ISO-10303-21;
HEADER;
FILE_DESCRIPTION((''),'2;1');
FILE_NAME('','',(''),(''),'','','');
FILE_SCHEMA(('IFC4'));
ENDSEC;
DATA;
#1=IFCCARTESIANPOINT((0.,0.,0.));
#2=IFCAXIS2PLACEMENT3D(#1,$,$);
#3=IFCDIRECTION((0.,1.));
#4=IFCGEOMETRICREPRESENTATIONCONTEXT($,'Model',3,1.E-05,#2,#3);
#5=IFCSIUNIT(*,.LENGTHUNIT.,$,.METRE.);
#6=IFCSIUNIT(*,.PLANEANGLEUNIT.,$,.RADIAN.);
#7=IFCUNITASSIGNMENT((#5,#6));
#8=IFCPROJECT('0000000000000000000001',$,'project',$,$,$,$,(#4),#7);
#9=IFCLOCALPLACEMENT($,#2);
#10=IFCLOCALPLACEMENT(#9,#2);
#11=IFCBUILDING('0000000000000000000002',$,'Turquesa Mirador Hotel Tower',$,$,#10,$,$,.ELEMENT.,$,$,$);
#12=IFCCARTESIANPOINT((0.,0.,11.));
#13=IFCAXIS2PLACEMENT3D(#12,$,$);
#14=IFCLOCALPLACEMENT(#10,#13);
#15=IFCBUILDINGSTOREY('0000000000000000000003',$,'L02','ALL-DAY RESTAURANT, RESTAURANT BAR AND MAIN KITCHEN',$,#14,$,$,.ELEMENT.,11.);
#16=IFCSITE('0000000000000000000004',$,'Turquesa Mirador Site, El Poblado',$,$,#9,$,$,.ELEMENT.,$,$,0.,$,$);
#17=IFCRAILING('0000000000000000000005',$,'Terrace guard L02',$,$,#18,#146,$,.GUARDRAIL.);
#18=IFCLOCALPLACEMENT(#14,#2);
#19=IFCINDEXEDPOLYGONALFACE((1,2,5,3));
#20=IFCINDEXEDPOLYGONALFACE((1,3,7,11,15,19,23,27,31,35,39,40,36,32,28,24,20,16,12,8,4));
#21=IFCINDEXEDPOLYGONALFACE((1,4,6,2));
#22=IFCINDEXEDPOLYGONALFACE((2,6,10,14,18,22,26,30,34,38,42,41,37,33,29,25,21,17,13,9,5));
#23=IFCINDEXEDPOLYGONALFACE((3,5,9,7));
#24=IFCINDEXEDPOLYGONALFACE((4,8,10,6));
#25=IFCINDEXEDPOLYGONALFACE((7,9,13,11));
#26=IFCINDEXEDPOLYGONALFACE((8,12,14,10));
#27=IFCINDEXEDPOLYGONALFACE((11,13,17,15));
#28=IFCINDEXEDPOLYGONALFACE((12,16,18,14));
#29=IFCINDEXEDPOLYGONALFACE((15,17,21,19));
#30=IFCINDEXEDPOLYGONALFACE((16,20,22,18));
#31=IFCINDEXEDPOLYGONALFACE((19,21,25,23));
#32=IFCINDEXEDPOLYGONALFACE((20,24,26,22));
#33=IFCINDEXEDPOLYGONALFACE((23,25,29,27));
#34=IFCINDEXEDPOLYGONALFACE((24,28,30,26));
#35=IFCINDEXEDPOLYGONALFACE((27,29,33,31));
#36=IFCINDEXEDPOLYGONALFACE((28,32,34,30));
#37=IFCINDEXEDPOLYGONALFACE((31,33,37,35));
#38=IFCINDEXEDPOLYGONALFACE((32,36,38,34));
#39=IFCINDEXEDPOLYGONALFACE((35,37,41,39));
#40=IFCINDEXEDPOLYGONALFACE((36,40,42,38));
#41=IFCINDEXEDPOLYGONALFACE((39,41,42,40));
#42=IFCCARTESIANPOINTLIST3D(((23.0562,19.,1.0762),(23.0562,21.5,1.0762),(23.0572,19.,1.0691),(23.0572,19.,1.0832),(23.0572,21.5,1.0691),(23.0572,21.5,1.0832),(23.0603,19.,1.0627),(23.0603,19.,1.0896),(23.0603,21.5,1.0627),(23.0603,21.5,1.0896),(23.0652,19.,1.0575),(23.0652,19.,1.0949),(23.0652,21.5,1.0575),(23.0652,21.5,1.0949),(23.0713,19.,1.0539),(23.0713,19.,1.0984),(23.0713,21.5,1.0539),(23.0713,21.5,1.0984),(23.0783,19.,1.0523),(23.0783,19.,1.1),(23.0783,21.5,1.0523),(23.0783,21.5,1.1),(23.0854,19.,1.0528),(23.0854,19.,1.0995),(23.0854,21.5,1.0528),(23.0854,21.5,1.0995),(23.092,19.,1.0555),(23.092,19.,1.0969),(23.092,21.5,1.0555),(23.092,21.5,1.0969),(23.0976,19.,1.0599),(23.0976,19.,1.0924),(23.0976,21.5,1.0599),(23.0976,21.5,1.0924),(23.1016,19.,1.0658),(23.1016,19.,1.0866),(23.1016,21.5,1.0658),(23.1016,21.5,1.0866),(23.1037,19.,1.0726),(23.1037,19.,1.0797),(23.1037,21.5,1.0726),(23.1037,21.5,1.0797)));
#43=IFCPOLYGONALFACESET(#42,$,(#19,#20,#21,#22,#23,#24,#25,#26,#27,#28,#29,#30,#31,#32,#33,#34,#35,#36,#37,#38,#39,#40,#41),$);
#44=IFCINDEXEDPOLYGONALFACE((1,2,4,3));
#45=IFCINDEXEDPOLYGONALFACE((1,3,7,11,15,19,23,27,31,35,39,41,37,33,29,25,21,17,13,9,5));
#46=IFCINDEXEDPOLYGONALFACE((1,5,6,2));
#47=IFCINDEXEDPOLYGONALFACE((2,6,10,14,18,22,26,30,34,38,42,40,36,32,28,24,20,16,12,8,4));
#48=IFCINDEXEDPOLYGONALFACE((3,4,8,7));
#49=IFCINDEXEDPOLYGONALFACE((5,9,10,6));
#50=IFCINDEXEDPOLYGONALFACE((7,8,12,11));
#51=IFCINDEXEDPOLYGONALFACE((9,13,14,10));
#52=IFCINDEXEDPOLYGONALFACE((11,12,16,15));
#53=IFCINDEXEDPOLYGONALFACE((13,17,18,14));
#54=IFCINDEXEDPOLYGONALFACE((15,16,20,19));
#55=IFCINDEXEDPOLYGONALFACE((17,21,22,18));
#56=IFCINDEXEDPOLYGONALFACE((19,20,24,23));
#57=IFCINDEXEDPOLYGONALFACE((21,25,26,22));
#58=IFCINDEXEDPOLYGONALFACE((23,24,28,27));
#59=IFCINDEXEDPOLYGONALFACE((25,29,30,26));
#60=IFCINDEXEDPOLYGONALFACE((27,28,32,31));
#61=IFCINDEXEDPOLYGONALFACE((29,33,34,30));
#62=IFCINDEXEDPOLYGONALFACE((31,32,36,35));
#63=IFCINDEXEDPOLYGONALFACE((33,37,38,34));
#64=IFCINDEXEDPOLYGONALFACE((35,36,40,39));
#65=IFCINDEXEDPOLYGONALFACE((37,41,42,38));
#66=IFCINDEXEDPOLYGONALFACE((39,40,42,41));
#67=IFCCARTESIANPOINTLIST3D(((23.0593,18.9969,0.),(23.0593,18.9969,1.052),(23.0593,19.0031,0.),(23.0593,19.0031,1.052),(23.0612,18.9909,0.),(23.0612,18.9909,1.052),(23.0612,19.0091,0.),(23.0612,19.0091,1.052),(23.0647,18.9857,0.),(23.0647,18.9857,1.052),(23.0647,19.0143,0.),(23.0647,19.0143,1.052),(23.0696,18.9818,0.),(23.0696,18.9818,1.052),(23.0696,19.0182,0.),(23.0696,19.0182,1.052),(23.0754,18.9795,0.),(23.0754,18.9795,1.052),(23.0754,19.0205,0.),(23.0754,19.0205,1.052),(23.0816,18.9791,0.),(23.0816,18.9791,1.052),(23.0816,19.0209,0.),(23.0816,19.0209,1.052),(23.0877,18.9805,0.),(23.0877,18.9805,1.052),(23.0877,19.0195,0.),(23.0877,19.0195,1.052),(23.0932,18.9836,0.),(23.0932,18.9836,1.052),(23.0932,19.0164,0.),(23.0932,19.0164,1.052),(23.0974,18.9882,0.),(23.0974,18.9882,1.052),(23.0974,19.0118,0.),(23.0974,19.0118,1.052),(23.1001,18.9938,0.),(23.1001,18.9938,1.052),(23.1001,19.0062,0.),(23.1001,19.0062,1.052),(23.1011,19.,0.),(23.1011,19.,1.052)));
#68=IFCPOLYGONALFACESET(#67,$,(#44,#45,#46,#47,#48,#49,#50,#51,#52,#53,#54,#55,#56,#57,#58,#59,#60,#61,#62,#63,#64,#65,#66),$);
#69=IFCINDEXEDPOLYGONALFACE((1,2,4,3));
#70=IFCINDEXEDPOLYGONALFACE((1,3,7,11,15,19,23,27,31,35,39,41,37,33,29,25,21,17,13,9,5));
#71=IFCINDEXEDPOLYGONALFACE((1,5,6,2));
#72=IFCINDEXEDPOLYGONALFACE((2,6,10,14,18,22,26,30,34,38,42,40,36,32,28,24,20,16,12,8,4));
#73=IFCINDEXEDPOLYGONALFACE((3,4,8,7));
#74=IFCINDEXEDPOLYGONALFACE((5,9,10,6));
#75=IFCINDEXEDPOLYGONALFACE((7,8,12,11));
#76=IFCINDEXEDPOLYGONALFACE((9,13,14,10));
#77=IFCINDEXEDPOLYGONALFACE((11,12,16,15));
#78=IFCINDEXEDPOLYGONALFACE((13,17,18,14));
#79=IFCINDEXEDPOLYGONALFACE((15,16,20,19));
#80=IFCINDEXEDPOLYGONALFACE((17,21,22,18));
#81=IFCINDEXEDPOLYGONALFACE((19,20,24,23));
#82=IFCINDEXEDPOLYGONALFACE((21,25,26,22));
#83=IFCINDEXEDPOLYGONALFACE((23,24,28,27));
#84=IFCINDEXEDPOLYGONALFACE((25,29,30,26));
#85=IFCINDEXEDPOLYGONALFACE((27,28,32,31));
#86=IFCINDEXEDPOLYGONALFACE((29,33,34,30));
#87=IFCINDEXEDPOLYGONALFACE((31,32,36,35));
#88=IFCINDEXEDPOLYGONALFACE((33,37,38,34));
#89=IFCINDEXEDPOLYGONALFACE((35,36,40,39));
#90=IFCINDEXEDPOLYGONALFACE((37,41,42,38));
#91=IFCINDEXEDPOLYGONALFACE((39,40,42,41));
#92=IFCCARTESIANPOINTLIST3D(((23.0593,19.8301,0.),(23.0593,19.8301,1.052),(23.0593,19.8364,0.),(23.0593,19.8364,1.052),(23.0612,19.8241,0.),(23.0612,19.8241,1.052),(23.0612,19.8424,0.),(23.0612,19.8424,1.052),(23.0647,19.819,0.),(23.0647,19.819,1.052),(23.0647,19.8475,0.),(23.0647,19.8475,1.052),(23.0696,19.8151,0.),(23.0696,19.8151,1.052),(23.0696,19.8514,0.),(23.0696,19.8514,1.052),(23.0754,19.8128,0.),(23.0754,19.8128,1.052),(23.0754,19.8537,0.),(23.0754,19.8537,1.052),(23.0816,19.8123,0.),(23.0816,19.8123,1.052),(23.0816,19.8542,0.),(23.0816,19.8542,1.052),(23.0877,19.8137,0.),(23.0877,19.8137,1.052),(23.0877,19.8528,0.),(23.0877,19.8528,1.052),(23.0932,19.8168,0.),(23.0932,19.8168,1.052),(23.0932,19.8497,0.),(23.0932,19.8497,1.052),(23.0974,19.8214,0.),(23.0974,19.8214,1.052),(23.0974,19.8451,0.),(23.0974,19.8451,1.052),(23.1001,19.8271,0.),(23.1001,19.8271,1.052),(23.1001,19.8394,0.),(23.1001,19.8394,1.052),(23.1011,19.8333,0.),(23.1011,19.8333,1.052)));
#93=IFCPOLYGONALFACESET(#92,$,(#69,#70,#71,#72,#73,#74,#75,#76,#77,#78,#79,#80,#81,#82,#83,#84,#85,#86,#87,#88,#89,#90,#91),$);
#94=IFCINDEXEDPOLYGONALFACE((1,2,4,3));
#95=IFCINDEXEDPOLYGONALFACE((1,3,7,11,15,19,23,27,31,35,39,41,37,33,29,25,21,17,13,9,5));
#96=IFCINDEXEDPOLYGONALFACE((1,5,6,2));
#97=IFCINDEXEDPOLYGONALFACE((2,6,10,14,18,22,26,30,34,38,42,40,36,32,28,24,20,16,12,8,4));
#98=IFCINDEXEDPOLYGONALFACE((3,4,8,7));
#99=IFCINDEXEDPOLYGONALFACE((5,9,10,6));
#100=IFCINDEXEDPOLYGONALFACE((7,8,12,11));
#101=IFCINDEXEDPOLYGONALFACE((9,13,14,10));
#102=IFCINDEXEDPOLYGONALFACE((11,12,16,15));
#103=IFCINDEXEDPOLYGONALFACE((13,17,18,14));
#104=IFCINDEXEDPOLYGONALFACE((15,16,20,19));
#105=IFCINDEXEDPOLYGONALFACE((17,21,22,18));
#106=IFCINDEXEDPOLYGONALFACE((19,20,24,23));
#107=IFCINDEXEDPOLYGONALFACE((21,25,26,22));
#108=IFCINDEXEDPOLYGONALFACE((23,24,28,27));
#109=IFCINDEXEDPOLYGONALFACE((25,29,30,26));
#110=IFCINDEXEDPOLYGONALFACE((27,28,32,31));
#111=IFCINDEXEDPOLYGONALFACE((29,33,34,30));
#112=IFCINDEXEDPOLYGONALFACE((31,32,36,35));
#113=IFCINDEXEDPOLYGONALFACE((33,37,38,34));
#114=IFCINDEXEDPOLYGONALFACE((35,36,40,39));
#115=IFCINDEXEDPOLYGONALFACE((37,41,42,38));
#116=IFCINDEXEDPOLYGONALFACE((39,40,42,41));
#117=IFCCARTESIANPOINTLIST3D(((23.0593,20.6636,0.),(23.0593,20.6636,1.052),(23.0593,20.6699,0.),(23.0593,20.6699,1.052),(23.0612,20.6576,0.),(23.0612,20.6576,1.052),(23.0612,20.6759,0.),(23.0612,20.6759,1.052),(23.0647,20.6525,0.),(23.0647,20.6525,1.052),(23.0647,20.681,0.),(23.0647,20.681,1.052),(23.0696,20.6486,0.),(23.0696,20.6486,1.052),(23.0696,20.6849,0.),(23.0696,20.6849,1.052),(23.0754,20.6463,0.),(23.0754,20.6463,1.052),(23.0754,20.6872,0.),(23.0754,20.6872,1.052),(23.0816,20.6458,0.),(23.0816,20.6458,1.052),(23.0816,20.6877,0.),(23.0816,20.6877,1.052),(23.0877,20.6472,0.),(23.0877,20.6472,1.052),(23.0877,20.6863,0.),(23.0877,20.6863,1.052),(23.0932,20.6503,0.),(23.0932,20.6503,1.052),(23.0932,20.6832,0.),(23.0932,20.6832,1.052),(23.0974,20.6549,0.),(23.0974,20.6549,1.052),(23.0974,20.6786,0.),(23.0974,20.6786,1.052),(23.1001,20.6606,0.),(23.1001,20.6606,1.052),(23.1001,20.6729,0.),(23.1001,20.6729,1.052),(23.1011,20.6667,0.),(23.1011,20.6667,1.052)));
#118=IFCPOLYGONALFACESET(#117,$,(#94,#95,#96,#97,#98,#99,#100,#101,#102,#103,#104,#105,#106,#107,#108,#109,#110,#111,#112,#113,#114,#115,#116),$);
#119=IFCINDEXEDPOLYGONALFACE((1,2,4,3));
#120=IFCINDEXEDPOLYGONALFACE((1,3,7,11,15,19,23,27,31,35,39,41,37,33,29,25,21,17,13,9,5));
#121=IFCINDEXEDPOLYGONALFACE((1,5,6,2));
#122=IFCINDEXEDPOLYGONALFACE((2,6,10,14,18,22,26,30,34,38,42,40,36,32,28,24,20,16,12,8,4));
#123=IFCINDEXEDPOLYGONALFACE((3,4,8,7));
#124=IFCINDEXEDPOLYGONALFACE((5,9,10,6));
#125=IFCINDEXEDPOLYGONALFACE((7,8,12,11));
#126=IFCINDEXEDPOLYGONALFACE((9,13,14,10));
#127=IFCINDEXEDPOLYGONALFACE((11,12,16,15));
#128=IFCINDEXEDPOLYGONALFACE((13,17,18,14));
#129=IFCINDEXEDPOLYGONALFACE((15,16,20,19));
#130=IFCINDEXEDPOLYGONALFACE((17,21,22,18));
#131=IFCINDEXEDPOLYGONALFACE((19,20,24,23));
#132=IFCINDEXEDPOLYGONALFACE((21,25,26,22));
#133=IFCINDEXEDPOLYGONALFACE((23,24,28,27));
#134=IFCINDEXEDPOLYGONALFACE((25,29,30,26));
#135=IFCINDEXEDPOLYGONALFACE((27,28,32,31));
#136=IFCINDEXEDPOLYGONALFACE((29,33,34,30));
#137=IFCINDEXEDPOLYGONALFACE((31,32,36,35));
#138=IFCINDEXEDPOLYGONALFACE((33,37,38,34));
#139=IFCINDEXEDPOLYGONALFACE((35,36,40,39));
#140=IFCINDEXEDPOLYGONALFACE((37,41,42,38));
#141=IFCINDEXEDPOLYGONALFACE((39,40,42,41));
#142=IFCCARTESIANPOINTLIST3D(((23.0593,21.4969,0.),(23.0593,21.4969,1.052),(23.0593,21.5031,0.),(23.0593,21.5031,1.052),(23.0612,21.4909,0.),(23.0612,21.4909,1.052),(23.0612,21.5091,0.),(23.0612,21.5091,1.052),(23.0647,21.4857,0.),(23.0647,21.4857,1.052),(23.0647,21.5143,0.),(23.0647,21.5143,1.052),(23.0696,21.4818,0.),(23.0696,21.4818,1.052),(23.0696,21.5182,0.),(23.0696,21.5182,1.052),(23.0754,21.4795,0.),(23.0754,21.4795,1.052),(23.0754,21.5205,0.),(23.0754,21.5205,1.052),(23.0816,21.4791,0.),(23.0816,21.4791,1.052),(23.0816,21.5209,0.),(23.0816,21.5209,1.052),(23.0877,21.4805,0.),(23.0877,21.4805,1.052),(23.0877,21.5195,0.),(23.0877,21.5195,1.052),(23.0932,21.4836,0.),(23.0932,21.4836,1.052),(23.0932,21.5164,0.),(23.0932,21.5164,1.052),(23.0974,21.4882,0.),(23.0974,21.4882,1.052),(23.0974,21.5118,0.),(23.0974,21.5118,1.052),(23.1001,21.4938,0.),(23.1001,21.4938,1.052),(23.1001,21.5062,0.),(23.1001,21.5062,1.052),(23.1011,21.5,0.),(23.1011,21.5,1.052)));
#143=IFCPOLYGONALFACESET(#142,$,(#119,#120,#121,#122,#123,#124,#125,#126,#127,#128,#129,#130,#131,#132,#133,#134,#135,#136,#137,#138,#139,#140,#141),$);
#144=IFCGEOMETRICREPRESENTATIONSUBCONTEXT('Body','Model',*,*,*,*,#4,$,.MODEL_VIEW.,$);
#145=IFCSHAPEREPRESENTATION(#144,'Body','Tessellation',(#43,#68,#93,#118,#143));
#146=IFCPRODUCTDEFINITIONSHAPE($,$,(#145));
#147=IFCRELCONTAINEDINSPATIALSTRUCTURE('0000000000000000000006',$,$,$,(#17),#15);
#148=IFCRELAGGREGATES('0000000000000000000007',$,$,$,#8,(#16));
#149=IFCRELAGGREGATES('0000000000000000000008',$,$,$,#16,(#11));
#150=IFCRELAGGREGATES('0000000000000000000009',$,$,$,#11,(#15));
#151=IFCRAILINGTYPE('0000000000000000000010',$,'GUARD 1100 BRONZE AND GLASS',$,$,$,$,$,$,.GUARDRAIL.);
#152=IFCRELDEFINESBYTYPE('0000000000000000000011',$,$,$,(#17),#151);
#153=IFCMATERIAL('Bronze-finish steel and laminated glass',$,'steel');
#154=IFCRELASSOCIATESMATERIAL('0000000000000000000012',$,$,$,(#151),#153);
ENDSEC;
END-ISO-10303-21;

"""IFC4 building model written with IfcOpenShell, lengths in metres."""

from ifc_helpers import new_model, si_unit, direction, frame, origin, origin_2d, place, context, subcontext, project, spatial, circle, extrude, material, type_object, element, save


model = new_model("IFC4")

# Units and contexts
model_context = context("Model", 3, precision=1e-05, world=origin(), true_north=direction((0.0, 1.0)))
body_context = subcontext(model_context, "Body", "Model", "MODEL_VIEW")
ifc_project = project(units=[si_unit("LENGTHUNIT", "METRE"), si_unit("PLANEANGLEUNIT", "RADIAN")], contexts=[model_context])

# Site, building, storey
site_placement = place(None, origin())
site = spatial("IfcSite", under=ifc_project, at=site_placement, Name="Turquesa Mirador Site, El Poblado", CompositionType="ELEMENT", RefElevation=0.0)
building_placement = place(site_placement, origin())
building = spatial("IfcBuilding", under=site, at=building_placement, Name="Turquesa Mirador Hotel Tower", CompositionType="ELEMENT")
storey_placement = place(building_placement, frame((0.0, 0.0, 11.0)))
storey = spatial("IfcBuildingStorey", under=building, at=storey_placement, Name="L02", Description="ALL-DAY RESTAURANT, RESTAURANT BAR AND MAIN KITCHEN", CompositionType="ELEMENT", Elevation=11.0)

# Railing
ifc_material_1 = material(Name="Bronze-finish steel and laminated glass", Category="steel")
railing_type = type_object("IfcRailingType", Name="GUARD 1100 BRONZE AND GLASS", PredefinedType="GUARDRAIL", material=ifc_material_1)
railing_placement = place(storey_placement, frame((23.0801, 19.0, 0.0)))
element("IfcRailing", 1, at=railing_placement, inside=storey, type_object=railing_type, Name="Terrace guard L02", PredefinedType="GUARDRAIL", context=body_context, shape_type="SweptSolid", body=[
    extrude(circle(Radius=0.0239, at=origin_2d()), frame((0.0, 0.0, 1.0762), z_axis=(0.0, 1.0, 0.0), x_axis=(-1.0, 0.0, 0.0)), (0.0, 0.0, 1.0), 2.5),
    extrude(circle(Radius=0.021, at=origin_2d()), origin(), (0.0, 0.0, 1.0), 1.052),
    extrude(circle(Radius=0.021, at=origin_2d()), frame((0.0, 0.8333, 0.0)), (0.0, 0.0, 1.0), 1.052),
    extrude(circle(Radius=0.021, at=origin_2d()), frame((0.0, 1.6667, 0.0)), (0.0, 0.0, 1.0), 1.052),
    extrude(circle(Radius=0.021, at=origin_2d()), frame((0.0, 2.5, 0.0)), (0.0, 0.0, 1.0), 1.052),
])

save(model, "model.ifc")
